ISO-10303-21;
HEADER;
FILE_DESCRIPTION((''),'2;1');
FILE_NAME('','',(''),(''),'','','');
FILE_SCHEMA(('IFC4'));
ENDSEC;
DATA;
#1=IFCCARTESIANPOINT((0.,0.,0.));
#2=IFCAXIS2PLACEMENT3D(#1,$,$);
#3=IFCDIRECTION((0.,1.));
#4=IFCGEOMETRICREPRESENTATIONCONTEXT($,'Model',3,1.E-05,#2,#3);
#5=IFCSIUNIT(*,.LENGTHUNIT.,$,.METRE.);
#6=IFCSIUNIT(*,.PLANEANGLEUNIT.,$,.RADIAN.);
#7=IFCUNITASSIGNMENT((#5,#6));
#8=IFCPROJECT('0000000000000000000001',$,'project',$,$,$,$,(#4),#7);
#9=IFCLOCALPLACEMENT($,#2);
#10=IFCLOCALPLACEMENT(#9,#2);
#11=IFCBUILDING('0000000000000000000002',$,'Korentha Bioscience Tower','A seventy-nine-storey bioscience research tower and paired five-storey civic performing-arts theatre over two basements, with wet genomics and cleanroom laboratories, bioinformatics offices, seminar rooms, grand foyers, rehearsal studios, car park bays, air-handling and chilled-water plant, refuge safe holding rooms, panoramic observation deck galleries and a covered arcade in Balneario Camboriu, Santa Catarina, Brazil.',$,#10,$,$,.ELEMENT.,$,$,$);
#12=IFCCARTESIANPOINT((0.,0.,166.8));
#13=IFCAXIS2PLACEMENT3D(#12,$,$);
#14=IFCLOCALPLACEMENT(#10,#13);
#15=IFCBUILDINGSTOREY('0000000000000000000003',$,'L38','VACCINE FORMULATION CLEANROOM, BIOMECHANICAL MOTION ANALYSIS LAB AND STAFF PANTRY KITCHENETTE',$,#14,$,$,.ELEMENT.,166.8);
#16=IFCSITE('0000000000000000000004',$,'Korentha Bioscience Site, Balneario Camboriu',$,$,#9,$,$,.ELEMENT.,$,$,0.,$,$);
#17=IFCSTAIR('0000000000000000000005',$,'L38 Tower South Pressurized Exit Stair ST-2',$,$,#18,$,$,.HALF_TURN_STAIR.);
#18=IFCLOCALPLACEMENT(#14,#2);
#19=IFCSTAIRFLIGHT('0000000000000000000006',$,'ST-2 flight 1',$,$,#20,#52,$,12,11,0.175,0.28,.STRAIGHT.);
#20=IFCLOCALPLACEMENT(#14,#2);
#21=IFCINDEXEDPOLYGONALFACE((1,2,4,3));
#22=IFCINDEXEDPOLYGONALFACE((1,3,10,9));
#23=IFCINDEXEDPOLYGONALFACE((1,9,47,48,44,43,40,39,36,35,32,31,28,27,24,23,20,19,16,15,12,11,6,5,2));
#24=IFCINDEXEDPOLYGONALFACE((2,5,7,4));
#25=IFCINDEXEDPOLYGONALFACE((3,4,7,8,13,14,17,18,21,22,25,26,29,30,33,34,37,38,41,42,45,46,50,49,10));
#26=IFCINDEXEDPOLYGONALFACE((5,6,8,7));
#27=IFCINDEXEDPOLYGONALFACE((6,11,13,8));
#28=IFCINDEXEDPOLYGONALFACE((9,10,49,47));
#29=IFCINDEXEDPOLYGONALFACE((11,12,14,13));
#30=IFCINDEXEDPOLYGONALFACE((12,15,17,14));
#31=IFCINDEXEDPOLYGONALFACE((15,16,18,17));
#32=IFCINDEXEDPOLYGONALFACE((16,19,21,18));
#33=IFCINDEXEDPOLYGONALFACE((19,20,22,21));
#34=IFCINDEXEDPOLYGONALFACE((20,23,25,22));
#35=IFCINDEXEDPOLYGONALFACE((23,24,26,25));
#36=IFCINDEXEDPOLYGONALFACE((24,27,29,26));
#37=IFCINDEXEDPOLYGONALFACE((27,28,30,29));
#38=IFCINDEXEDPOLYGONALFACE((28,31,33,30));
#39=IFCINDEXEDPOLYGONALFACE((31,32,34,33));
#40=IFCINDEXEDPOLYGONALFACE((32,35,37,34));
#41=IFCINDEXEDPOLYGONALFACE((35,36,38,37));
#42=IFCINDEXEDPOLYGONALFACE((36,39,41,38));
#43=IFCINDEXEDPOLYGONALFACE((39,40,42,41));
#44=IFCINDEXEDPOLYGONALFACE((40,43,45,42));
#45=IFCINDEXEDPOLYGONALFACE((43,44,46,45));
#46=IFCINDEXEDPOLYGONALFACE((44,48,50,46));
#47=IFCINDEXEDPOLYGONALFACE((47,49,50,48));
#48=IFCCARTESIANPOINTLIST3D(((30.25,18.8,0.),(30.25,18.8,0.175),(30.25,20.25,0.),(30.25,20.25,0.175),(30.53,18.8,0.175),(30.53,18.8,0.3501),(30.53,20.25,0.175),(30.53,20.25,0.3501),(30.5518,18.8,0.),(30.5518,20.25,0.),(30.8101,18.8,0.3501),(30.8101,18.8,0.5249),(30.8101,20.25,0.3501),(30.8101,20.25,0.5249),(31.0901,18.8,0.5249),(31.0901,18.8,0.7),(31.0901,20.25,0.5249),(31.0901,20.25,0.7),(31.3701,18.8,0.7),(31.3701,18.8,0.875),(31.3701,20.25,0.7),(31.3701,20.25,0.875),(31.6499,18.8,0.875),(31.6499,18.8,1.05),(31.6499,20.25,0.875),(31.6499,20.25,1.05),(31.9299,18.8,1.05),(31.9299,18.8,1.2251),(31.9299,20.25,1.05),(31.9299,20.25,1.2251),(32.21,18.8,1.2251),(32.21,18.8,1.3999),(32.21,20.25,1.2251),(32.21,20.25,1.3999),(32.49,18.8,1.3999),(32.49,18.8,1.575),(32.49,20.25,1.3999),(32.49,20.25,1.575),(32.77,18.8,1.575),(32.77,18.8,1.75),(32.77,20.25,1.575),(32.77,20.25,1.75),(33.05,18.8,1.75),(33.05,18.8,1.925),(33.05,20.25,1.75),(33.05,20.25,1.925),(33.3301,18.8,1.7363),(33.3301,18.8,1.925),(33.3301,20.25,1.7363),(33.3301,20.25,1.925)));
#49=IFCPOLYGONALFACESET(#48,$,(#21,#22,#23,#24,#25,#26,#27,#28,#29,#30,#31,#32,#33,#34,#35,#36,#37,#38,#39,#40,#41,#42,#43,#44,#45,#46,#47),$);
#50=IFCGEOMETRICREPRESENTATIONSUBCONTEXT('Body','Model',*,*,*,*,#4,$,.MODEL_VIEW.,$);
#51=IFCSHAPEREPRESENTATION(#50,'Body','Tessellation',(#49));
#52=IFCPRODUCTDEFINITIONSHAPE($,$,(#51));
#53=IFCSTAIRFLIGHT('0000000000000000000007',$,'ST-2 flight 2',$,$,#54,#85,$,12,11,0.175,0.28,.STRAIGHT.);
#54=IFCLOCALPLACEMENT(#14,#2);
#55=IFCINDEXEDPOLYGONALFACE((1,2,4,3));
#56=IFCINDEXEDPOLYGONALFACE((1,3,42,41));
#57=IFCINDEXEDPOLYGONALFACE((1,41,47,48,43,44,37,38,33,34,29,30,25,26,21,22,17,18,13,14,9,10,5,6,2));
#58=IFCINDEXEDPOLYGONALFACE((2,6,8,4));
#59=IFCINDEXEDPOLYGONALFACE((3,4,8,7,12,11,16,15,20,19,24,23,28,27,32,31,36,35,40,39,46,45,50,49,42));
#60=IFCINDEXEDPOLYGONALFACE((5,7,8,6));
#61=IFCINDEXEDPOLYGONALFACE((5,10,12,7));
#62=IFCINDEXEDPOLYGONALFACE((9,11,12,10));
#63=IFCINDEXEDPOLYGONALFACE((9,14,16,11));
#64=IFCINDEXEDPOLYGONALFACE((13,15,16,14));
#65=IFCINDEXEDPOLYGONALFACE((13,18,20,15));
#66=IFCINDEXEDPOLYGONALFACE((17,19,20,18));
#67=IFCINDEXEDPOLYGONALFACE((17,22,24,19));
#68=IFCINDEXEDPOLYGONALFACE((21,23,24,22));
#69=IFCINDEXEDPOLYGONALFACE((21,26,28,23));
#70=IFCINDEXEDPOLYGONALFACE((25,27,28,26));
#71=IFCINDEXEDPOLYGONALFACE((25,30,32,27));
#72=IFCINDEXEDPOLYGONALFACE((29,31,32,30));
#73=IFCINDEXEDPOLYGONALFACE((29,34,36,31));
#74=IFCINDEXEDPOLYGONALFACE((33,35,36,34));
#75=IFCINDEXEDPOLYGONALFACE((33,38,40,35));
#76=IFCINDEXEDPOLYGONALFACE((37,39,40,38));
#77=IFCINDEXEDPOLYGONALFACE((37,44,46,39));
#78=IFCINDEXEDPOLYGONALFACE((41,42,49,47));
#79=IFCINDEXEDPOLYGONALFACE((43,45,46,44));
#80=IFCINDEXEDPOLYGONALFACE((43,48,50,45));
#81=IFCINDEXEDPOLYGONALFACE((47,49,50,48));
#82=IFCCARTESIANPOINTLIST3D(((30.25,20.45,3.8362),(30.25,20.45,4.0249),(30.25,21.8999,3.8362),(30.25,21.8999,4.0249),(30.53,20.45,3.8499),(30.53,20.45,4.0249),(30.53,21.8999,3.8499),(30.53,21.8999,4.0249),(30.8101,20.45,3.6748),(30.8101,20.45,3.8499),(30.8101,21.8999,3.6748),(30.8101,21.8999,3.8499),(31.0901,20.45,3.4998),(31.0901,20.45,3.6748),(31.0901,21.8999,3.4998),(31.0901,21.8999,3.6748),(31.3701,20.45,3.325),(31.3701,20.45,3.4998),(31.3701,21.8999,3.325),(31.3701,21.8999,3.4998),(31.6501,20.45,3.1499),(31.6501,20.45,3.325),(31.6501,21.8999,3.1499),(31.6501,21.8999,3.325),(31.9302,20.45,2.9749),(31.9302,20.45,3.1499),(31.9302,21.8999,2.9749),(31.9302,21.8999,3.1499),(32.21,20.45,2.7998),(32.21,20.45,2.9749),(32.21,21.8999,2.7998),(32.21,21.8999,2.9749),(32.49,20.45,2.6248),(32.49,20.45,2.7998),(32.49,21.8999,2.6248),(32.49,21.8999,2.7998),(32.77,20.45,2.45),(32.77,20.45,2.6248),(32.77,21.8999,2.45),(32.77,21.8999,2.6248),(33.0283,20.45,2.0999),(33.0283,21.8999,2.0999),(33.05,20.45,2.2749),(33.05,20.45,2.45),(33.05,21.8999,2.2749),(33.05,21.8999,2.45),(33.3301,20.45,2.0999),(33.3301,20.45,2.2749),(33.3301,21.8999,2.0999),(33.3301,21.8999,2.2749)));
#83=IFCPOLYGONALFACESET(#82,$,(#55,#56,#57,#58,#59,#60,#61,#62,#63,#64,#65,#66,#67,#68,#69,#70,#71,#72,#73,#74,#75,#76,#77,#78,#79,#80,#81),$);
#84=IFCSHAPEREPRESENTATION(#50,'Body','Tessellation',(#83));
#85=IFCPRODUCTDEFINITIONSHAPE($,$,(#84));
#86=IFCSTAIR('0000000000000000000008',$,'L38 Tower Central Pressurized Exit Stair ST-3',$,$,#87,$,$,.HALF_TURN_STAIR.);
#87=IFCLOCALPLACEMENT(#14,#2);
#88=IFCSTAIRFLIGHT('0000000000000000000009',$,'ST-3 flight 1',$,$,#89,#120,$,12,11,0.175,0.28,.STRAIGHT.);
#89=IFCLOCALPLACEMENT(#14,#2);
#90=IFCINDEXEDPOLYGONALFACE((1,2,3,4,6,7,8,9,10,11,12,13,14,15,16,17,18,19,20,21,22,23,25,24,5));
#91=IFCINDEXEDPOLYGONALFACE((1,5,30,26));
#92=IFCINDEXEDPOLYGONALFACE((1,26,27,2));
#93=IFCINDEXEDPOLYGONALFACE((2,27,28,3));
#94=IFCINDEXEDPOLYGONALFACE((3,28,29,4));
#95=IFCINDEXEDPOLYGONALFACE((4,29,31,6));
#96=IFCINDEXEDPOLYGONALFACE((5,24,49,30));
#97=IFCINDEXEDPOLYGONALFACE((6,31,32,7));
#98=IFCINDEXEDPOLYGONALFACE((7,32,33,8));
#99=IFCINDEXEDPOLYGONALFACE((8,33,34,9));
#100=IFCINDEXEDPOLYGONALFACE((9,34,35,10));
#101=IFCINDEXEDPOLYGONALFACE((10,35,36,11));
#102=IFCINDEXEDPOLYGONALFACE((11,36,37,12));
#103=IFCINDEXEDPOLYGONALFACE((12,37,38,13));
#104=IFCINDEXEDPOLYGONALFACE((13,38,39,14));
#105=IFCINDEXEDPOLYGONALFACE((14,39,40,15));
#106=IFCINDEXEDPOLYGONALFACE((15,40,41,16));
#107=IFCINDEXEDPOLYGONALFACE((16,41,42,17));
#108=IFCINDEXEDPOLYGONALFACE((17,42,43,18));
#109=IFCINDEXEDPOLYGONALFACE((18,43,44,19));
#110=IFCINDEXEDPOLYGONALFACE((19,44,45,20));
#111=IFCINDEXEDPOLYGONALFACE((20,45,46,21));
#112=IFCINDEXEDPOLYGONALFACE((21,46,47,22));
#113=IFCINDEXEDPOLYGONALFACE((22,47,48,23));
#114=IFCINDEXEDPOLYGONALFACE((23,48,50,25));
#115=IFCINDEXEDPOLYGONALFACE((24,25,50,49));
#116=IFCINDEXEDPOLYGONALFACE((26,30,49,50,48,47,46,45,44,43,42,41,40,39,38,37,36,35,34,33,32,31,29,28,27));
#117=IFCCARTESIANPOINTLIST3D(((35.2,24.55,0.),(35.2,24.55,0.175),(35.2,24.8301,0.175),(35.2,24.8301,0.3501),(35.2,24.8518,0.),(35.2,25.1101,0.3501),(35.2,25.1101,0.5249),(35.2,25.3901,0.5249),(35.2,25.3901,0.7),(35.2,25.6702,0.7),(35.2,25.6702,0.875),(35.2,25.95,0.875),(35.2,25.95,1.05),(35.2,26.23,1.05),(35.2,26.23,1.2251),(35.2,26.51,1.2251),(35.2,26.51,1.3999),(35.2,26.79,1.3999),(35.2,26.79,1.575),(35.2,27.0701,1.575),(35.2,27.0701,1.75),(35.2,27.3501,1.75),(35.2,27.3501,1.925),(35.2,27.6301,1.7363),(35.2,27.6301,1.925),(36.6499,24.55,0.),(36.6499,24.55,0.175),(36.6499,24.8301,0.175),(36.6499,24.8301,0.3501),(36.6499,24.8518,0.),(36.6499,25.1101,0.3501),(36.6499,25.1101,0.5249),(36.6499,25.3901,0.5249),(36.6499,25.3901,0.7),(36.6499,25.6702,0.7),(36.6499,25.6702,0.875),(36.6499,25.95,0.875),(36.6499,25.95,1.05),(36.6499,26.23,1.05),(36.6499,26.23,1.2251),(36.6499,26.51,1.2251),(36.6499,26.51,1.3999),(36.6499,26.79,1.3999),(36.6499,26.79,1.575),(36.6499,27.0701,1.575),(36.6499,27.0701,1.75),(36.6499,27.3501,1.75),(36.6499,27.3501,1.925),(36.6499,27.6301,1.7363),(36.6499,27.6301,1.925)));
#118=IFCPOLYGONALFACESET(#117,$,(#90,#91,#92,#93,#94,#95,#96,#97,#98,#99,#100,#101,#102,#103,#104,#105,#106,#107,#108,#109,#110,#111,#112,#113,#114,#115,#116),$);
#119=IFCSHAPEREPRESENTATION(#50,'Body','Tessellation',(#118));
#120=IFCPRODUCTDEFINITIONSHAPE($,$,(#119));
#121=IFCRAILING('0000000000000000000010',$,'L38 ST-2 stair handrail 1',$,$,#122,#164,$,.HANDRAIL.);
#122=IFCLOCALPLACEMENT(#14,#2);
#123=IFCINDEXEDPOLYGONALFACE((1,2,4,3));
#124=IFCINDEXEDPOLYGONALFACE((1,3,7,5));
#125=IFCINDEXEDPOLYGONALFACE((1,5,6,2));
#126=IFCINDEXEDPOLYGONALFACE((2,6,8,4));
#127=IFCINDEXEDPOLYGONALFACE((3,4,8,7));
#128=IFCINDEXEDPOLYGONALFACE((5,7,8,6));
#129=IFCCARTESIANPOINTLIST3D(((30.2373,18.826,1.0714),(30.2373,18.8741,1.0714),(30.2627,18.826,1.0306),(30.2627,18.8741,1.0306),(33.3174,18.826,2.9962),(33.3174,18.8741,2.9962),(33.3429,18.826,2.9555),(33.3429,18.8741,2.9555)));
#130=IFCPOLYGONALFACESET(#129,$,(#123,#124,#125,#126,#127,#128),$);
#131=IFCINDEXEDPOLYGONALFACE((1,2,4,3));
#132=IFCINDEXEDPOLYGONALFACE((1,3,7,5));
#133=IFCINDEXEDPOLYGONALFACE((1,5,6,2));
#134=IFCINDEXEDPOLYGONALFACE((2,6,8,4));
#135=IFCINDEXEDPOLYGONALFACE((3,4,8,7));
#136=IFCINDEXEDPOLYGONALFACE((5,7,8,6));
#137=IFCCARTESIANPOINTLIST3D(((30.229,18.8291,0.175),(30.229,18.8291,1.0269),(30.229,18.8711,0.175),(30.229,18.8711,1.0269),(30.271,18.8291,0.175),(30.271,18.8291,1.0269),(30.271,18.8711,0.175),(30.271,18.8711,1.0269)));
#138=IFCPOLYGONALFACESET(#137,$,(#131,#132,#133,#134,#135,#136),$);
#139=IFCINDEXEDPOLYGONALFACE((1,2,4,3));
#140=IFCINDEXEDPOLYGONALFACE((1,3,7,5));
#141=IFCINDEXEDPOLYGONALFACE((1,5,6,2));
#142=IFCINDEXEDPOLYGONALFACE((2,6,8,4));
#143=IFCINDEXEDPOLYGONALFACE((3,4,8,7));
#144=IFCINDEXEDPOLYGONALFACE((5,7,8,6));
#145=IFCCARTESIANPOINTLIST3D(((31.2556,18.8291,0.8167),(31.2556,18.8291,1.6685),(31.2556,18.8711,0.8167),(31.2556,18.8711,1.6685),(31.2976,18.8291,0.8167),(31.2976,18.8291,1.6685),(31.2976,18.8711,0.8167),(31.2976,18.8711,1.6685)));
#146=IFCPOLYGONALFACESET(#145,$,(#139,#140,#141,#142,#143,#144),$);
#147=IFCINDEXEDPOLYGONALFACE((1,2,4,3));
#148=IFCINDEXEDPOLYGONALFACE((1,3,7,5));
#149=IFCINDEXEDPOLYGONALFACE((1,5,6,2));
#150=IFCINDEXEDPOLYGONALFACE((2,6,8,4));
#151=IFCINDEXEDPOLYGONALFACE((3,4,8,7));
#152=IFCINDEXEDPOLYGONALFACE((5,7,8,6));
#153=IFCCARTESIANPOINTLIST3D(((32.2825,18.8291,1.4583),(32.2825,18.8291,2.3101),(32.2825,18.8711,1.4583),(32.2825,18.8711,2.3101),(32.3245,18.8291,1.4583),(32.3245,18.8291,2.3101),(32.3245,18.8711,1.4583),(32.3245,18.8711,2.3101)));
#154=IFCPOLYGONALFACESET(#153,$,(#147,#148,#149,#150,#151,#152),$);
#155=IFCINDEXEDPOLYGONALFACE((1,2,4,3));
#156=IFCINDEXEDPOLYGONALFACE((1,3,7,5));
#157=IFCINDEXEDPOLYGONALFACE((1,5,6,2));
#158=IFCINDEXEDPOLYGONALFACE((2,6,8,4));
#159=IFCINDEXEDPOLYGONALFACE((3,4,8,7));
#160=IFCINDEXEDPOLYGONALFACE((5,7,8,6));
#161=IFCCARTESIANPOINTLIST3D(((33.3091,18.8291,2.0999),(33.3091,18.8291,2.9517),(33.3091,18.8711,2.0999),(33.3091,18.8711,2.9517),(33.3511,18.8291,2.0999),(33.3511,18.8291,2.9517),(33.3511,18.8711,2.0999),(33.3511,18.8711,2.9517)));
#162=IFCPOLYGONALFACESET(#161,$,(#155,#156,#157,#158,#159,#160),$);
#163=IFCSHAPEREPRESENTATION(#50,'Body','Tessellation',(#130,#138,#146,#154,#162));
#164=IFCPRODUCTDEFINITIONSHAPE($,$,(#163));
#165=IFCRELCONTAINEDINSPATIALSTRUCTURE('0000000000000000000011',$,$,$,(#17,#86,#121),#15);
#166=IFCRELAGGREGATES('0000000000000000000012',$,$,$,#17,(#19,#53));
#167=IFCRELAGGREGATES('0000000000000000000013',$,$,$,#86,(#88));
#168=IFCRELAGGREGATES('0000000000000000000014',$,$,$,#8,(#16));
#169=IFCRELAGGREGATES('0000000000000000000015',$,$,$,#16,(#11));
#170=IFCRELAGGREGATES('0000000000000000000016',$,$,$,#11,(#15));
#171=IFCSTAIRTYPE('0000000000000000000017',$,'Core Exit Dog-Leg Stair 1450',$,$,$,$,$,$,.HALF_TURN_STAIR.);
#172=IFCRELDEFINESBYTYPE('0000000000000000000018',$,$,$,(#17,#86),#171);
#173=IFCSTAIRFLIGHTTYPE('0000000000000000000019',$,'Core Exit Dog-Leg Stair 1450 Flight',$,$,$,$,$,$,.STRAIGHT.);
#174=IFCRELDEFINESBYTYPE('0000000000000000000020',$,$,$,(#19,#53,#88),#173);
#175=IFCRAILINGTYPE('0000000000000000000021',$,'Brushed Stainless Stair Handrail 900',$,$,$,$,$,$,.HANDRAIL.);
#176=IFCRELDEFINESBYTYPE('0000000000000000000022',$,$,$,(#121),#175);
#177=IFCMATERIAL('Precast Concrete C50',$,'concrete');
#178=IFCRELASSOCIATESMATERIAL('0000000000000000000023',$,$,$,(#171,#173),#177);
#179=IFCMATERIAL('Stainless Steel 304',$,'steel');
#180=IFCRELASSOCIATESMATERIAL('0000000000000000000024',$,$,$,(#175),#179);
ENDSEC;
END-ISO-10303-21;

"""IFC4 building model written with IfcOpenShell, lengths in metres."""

from ifc_helpers import new_model, si_unit, direction, frame, origin, origin_2d, place, context, subcontext, project, spatial, polyline, rectangle, outline, extrude, material, type_object, element, aggregate, save


model = new_model("IFC4")

# Units and contexts
model_context = context("Model", 3, precision=1e-05, world=origin(), true_north=direction((0.0, 1.0)))
body_context = subcontext(model_context, "Body", "Model", "MODEL_VIEW")
ifc_project = project(units=[si_unit("LENGTHUNIT", "METRE"), si_unit("PLANEANGLEUNIT", "RADIAN")], contexts=[model_context])

# Site, building, storey
site_placement = place(None, origin())
site = spatial("IfcSite", under=ifc_project, at=site_placement, Name="Korentha Bioscience Site, Balneario Camboriu", CompositionType="ELEMENT", RefElevation=0.0)
building_placement = place(site_placement, origin())
building = spatial("IfcBuilding", under=site, at=building_placement, Name="Korentha Bioscience Tower", Description="A seventy-nine-storey bioscience research tower and paired five-storey civic performing-arts theatre over two basements, with wet genomics and cleanroom laboratories, bioinformatics offices, seminar rooms, grand foyers, rehearsal studios, car park bays, air-handling and chilled-water plant, refuge safe holding rooms, panoramic observation deck galleries and a covered arcade in Balneario Camboriu, Santa Catarina, Brazil.", CompositionType="ELEMENT")
storey_placement = place(building_placement, frame((0.0, 0.0, 166.8)))
storey = spatial("IfcBuildingStorey", under=building, at=storey_placement, Name="L38", Description="VACCINE FORMULATION CLEANROOM, BIOMECHANICAL MOTION ANALYSIS LAB AND STAFF PANTRY KITCHENETTE", CompositionType="ELEMENT", Elevation=166.8)

# Stair, stair flights
ifc_material_1 = material(Name="Precast Concrete C50", Category="concrete")
stair_type = type_object("IfcStairType", Name="Core Exit Dog-Leg Stair 1450", PredefinedType="HALF_TURN_STAIR", material=ifc_material_1)
stair_1_placement = place(storey_placement, origin())
stair_1 = element("IfcStair", 1, at=stair_1_placement, inside=storey, type_object=stair_type, Name="L38 Tower South Pressurized Exit Stair ST-2", PredefinedType="HALF_TURN_STAIR")
stair_flight_type = type_object("IfcStairFlightType", Name="Core Exit Dog-Leg Stair 1450 Flight", PredefinedType="STRAIGHT", material=ifc_material_1)
stair_flight_1_placement = place(storey_placement, frame((30.25, 19.5249, 0.0), z_axis=(0.0, 0.0, 1.0), x_axis=(1.0, 0.0, 0.0)))
stair_flight_1 = element("IfcStairFlight", 2, at=stair_flight_1_placement, type_object=stair_flight_type, Name="ST-2 flight 1", NumberOfRisers=12, NumberOfTreads=11, PredefinedType="STRAIGHT", RiserHeight=0.175, TreadLength=0.28, context=body_context, shape_type="SweptSolid", body=[
    extrude(outline(polyline([(0.0, 0.0), (0.0, 0.175), (0.28, 0.175), (0.28, 0.3501), (0.5601, 0.3501), (0.5601, 0.5249), (0.8401, 0.5249), (0.8401, 0.7), (1.1201, 0.7), (1.1201, 0.875), (1.3999, 0.875), (1.3999, 1.05), (1.6799, 1.05), (1.6799, 1.2251), (1.96, 1.2251), (1.96, 1.3999), (2.24, 1.3999), (2.24, 1.575), (2.52, 1.575), (2.52, 1.75), (2.8, 1.75), (2.8, 1.925), (3.0801, 1.925), (3.0801, 2.1001), (3.0801, 1.7363), (0.3018, 0.0), (0.0, 0.0)])), frame((0.0, 0.7251, 0.0), z_axis=(0.0, -1.0, 0.0), x_axis=(1.0, 0.0, 0.0)), (0.0, 0.0, 1.0), 1.45),
])
stair_flight_2_placement = place(storey_placement, frame((33.3301, 21.175, 2.0999), z_axis=(0.0, 0.0, 1.0), x_axis=(-1.0, 0.0, 0.0)))
stair_flight_2 = element("IfcStairFlight", 3, at=stair_flight_2_placement, type_object=stair_flight_type, Name="ST-2 flight 2", NumberOfRisers=12, NumberOfTreads=11, PredefinedType="STRAIGHT", RiserHeight=0.175, TreadLength=0.28, context=body_context, shape_type="SweptSolid", body=[
    extrude(outline(polyline([(0.0, 0.0), (0.0, 0.175), (0.28, 0.175), (0.28, 0.3501), (0.5601, 0.3501), (0.5601, 0.5249), (0.8401, 0.5249), (0.8401, 0.7), (1.1201, 0.7), (1.1201, 0.875), (1.3999, 0.875), (1.3999, 1.05), (1.6799, 1.05), (1.6799, 1.2251), (1.96, 1.2251), (1.96, 1.3999), (2.24, 1.3999), (2.24, 1.575), (2.52, 1.575), (2.52, 1.75), (2.8, 1.75), (2.8, 1.925), (3.0801, 1.925), (3.0801, 2.1001), (3.0801, 1.7363), (0.3018, 0.0), (0.0, 0.0)])), frame((0.0, 0.7251, 0.0), z_axis=(0.0, -1.0, 0.0), x_axis=(1.0, 0.0, 0.0)), (0.0, 0.0, 1.0), 1.45),
])
aggregate(stair_1, [stair_flight_1, stair_flight_2])

# Stair, stair flight
stair_2_placement = place(storey_placement, origin())
stair_2 = element("IfcStair", 4, at=stair_2_placement, inside=storey, type_object=stair_type, Name="L38 Tower Central Pressurized Exit Stair ST-3", PredefinedType="HALF_TURN_STAIR")
stair_flight_3_placement = place(storey_placement, frame((35.925, 24.55, 0.0), z_axis=(0.0, 0.0, 1.0), x_axis=(0.0, 1.0, 0.0)))
stair_flight_3 = element("IfcStairFlight", 5, at=stair_flight_3_placement, type_object=stair_flight_type, Name="ST-3 flight 1", NumberOfRisers=12, NumberOfTreads=11, PredefinedType="STRAIGHT", RiserHeight=0.175, TreadLength=0.28, context=body_context, shape_type="SweptSolid", body=[
    extrude(outline(polyline([(0.0, 0.0), (0.0, 0.175), (0.28, 0.175), (0.28, 0.3501), (0.5601, 0.3501), (0.5601, 0.5249), (0.8401, 0.5249), (0.8401, 0.7), (1.1201, 0.7), (1.1201, 0.875), (1.3999, 0.875), (1.3999, 1.05), (1.6799, 1.05), (1.6799, 1.2251), (1.96, 1.2251), (1.96, 1.3999), (2.24, 1.3999), (2.24, 1.575), (2.52, 1.575), (2.52, 1.75), (2.8, 1.75), (2.8, 1.925), (3.0801, 1.925), (3.0801, 2.1001), (3.0801, 1.7363), (0.3018, 0.0), (0.0, 0.0)])), frame((0.0, 0.7251, 0.0), z_axis=(0.0, -1.0, 0.0), x_axis=(1.0, 0.0, 0.0)), (0.0, 0.0, 1.0), 1.45),
])
aggregate(stair_2, [stair_flight_3])

# Railing
ifc_material_2 = material(Name="Stainless Steel 304", Category="steel")
railing_type_1 = type_object("IfcRailingType", Name="Brushed Stainless Stair Handrail 900", PredefinedType="HANDRAIL", material=ifc_material_2)
railing_1_placement = place(storey_placement, frame((30.25, 18.8501, 0.175)))
element("IfcRailing", 6, at=railing_1_placement, inside=storey, type_object=railing_type_1, Name="L38 ST-2 stair handrail 1", PredefinedType="HANDRAIL", context=body_context, shape_type="SweptSolid", body=[
    extrude(rectangle(XDim=0.0481, YDim=0.0481, at=origin_2d()), frame((0.0, 0.0, 0.876), z_axis=(0.848029, 0.0, 0.529951), x_axis=(0.0, 1.0, 0.0)), (0.0, 0.0, 1.0), 3.6321),
    extrude(rectangle(XDim=0.042, YDim=0.042, at=origin_2d()), origin(), (0.0, 0.0, 1.0), 0.8518),
    extrude(rectangle(XDim=0.042, YDim=0.042, at=origin_2d()), frame((1.0266, 0.0, 0.6416)), (0.0, 0.0, 1.0), 0.8518),
    extrude(rectangle(XDim=0.042, YDim=0.042, at=origin_2d()), frame((2.0535, 0.0, 1.2832)), (0.0, 0.0, 1.0), 0.8518),
    extrude(rectangle(XDim=0.042, YDim=0.042, at=origin_2d()), frame((3.0801, 0.0, 1.9248)), (0.0, 0.0, 1.0), 0.8518),
])

save(model, "model.ifc")
